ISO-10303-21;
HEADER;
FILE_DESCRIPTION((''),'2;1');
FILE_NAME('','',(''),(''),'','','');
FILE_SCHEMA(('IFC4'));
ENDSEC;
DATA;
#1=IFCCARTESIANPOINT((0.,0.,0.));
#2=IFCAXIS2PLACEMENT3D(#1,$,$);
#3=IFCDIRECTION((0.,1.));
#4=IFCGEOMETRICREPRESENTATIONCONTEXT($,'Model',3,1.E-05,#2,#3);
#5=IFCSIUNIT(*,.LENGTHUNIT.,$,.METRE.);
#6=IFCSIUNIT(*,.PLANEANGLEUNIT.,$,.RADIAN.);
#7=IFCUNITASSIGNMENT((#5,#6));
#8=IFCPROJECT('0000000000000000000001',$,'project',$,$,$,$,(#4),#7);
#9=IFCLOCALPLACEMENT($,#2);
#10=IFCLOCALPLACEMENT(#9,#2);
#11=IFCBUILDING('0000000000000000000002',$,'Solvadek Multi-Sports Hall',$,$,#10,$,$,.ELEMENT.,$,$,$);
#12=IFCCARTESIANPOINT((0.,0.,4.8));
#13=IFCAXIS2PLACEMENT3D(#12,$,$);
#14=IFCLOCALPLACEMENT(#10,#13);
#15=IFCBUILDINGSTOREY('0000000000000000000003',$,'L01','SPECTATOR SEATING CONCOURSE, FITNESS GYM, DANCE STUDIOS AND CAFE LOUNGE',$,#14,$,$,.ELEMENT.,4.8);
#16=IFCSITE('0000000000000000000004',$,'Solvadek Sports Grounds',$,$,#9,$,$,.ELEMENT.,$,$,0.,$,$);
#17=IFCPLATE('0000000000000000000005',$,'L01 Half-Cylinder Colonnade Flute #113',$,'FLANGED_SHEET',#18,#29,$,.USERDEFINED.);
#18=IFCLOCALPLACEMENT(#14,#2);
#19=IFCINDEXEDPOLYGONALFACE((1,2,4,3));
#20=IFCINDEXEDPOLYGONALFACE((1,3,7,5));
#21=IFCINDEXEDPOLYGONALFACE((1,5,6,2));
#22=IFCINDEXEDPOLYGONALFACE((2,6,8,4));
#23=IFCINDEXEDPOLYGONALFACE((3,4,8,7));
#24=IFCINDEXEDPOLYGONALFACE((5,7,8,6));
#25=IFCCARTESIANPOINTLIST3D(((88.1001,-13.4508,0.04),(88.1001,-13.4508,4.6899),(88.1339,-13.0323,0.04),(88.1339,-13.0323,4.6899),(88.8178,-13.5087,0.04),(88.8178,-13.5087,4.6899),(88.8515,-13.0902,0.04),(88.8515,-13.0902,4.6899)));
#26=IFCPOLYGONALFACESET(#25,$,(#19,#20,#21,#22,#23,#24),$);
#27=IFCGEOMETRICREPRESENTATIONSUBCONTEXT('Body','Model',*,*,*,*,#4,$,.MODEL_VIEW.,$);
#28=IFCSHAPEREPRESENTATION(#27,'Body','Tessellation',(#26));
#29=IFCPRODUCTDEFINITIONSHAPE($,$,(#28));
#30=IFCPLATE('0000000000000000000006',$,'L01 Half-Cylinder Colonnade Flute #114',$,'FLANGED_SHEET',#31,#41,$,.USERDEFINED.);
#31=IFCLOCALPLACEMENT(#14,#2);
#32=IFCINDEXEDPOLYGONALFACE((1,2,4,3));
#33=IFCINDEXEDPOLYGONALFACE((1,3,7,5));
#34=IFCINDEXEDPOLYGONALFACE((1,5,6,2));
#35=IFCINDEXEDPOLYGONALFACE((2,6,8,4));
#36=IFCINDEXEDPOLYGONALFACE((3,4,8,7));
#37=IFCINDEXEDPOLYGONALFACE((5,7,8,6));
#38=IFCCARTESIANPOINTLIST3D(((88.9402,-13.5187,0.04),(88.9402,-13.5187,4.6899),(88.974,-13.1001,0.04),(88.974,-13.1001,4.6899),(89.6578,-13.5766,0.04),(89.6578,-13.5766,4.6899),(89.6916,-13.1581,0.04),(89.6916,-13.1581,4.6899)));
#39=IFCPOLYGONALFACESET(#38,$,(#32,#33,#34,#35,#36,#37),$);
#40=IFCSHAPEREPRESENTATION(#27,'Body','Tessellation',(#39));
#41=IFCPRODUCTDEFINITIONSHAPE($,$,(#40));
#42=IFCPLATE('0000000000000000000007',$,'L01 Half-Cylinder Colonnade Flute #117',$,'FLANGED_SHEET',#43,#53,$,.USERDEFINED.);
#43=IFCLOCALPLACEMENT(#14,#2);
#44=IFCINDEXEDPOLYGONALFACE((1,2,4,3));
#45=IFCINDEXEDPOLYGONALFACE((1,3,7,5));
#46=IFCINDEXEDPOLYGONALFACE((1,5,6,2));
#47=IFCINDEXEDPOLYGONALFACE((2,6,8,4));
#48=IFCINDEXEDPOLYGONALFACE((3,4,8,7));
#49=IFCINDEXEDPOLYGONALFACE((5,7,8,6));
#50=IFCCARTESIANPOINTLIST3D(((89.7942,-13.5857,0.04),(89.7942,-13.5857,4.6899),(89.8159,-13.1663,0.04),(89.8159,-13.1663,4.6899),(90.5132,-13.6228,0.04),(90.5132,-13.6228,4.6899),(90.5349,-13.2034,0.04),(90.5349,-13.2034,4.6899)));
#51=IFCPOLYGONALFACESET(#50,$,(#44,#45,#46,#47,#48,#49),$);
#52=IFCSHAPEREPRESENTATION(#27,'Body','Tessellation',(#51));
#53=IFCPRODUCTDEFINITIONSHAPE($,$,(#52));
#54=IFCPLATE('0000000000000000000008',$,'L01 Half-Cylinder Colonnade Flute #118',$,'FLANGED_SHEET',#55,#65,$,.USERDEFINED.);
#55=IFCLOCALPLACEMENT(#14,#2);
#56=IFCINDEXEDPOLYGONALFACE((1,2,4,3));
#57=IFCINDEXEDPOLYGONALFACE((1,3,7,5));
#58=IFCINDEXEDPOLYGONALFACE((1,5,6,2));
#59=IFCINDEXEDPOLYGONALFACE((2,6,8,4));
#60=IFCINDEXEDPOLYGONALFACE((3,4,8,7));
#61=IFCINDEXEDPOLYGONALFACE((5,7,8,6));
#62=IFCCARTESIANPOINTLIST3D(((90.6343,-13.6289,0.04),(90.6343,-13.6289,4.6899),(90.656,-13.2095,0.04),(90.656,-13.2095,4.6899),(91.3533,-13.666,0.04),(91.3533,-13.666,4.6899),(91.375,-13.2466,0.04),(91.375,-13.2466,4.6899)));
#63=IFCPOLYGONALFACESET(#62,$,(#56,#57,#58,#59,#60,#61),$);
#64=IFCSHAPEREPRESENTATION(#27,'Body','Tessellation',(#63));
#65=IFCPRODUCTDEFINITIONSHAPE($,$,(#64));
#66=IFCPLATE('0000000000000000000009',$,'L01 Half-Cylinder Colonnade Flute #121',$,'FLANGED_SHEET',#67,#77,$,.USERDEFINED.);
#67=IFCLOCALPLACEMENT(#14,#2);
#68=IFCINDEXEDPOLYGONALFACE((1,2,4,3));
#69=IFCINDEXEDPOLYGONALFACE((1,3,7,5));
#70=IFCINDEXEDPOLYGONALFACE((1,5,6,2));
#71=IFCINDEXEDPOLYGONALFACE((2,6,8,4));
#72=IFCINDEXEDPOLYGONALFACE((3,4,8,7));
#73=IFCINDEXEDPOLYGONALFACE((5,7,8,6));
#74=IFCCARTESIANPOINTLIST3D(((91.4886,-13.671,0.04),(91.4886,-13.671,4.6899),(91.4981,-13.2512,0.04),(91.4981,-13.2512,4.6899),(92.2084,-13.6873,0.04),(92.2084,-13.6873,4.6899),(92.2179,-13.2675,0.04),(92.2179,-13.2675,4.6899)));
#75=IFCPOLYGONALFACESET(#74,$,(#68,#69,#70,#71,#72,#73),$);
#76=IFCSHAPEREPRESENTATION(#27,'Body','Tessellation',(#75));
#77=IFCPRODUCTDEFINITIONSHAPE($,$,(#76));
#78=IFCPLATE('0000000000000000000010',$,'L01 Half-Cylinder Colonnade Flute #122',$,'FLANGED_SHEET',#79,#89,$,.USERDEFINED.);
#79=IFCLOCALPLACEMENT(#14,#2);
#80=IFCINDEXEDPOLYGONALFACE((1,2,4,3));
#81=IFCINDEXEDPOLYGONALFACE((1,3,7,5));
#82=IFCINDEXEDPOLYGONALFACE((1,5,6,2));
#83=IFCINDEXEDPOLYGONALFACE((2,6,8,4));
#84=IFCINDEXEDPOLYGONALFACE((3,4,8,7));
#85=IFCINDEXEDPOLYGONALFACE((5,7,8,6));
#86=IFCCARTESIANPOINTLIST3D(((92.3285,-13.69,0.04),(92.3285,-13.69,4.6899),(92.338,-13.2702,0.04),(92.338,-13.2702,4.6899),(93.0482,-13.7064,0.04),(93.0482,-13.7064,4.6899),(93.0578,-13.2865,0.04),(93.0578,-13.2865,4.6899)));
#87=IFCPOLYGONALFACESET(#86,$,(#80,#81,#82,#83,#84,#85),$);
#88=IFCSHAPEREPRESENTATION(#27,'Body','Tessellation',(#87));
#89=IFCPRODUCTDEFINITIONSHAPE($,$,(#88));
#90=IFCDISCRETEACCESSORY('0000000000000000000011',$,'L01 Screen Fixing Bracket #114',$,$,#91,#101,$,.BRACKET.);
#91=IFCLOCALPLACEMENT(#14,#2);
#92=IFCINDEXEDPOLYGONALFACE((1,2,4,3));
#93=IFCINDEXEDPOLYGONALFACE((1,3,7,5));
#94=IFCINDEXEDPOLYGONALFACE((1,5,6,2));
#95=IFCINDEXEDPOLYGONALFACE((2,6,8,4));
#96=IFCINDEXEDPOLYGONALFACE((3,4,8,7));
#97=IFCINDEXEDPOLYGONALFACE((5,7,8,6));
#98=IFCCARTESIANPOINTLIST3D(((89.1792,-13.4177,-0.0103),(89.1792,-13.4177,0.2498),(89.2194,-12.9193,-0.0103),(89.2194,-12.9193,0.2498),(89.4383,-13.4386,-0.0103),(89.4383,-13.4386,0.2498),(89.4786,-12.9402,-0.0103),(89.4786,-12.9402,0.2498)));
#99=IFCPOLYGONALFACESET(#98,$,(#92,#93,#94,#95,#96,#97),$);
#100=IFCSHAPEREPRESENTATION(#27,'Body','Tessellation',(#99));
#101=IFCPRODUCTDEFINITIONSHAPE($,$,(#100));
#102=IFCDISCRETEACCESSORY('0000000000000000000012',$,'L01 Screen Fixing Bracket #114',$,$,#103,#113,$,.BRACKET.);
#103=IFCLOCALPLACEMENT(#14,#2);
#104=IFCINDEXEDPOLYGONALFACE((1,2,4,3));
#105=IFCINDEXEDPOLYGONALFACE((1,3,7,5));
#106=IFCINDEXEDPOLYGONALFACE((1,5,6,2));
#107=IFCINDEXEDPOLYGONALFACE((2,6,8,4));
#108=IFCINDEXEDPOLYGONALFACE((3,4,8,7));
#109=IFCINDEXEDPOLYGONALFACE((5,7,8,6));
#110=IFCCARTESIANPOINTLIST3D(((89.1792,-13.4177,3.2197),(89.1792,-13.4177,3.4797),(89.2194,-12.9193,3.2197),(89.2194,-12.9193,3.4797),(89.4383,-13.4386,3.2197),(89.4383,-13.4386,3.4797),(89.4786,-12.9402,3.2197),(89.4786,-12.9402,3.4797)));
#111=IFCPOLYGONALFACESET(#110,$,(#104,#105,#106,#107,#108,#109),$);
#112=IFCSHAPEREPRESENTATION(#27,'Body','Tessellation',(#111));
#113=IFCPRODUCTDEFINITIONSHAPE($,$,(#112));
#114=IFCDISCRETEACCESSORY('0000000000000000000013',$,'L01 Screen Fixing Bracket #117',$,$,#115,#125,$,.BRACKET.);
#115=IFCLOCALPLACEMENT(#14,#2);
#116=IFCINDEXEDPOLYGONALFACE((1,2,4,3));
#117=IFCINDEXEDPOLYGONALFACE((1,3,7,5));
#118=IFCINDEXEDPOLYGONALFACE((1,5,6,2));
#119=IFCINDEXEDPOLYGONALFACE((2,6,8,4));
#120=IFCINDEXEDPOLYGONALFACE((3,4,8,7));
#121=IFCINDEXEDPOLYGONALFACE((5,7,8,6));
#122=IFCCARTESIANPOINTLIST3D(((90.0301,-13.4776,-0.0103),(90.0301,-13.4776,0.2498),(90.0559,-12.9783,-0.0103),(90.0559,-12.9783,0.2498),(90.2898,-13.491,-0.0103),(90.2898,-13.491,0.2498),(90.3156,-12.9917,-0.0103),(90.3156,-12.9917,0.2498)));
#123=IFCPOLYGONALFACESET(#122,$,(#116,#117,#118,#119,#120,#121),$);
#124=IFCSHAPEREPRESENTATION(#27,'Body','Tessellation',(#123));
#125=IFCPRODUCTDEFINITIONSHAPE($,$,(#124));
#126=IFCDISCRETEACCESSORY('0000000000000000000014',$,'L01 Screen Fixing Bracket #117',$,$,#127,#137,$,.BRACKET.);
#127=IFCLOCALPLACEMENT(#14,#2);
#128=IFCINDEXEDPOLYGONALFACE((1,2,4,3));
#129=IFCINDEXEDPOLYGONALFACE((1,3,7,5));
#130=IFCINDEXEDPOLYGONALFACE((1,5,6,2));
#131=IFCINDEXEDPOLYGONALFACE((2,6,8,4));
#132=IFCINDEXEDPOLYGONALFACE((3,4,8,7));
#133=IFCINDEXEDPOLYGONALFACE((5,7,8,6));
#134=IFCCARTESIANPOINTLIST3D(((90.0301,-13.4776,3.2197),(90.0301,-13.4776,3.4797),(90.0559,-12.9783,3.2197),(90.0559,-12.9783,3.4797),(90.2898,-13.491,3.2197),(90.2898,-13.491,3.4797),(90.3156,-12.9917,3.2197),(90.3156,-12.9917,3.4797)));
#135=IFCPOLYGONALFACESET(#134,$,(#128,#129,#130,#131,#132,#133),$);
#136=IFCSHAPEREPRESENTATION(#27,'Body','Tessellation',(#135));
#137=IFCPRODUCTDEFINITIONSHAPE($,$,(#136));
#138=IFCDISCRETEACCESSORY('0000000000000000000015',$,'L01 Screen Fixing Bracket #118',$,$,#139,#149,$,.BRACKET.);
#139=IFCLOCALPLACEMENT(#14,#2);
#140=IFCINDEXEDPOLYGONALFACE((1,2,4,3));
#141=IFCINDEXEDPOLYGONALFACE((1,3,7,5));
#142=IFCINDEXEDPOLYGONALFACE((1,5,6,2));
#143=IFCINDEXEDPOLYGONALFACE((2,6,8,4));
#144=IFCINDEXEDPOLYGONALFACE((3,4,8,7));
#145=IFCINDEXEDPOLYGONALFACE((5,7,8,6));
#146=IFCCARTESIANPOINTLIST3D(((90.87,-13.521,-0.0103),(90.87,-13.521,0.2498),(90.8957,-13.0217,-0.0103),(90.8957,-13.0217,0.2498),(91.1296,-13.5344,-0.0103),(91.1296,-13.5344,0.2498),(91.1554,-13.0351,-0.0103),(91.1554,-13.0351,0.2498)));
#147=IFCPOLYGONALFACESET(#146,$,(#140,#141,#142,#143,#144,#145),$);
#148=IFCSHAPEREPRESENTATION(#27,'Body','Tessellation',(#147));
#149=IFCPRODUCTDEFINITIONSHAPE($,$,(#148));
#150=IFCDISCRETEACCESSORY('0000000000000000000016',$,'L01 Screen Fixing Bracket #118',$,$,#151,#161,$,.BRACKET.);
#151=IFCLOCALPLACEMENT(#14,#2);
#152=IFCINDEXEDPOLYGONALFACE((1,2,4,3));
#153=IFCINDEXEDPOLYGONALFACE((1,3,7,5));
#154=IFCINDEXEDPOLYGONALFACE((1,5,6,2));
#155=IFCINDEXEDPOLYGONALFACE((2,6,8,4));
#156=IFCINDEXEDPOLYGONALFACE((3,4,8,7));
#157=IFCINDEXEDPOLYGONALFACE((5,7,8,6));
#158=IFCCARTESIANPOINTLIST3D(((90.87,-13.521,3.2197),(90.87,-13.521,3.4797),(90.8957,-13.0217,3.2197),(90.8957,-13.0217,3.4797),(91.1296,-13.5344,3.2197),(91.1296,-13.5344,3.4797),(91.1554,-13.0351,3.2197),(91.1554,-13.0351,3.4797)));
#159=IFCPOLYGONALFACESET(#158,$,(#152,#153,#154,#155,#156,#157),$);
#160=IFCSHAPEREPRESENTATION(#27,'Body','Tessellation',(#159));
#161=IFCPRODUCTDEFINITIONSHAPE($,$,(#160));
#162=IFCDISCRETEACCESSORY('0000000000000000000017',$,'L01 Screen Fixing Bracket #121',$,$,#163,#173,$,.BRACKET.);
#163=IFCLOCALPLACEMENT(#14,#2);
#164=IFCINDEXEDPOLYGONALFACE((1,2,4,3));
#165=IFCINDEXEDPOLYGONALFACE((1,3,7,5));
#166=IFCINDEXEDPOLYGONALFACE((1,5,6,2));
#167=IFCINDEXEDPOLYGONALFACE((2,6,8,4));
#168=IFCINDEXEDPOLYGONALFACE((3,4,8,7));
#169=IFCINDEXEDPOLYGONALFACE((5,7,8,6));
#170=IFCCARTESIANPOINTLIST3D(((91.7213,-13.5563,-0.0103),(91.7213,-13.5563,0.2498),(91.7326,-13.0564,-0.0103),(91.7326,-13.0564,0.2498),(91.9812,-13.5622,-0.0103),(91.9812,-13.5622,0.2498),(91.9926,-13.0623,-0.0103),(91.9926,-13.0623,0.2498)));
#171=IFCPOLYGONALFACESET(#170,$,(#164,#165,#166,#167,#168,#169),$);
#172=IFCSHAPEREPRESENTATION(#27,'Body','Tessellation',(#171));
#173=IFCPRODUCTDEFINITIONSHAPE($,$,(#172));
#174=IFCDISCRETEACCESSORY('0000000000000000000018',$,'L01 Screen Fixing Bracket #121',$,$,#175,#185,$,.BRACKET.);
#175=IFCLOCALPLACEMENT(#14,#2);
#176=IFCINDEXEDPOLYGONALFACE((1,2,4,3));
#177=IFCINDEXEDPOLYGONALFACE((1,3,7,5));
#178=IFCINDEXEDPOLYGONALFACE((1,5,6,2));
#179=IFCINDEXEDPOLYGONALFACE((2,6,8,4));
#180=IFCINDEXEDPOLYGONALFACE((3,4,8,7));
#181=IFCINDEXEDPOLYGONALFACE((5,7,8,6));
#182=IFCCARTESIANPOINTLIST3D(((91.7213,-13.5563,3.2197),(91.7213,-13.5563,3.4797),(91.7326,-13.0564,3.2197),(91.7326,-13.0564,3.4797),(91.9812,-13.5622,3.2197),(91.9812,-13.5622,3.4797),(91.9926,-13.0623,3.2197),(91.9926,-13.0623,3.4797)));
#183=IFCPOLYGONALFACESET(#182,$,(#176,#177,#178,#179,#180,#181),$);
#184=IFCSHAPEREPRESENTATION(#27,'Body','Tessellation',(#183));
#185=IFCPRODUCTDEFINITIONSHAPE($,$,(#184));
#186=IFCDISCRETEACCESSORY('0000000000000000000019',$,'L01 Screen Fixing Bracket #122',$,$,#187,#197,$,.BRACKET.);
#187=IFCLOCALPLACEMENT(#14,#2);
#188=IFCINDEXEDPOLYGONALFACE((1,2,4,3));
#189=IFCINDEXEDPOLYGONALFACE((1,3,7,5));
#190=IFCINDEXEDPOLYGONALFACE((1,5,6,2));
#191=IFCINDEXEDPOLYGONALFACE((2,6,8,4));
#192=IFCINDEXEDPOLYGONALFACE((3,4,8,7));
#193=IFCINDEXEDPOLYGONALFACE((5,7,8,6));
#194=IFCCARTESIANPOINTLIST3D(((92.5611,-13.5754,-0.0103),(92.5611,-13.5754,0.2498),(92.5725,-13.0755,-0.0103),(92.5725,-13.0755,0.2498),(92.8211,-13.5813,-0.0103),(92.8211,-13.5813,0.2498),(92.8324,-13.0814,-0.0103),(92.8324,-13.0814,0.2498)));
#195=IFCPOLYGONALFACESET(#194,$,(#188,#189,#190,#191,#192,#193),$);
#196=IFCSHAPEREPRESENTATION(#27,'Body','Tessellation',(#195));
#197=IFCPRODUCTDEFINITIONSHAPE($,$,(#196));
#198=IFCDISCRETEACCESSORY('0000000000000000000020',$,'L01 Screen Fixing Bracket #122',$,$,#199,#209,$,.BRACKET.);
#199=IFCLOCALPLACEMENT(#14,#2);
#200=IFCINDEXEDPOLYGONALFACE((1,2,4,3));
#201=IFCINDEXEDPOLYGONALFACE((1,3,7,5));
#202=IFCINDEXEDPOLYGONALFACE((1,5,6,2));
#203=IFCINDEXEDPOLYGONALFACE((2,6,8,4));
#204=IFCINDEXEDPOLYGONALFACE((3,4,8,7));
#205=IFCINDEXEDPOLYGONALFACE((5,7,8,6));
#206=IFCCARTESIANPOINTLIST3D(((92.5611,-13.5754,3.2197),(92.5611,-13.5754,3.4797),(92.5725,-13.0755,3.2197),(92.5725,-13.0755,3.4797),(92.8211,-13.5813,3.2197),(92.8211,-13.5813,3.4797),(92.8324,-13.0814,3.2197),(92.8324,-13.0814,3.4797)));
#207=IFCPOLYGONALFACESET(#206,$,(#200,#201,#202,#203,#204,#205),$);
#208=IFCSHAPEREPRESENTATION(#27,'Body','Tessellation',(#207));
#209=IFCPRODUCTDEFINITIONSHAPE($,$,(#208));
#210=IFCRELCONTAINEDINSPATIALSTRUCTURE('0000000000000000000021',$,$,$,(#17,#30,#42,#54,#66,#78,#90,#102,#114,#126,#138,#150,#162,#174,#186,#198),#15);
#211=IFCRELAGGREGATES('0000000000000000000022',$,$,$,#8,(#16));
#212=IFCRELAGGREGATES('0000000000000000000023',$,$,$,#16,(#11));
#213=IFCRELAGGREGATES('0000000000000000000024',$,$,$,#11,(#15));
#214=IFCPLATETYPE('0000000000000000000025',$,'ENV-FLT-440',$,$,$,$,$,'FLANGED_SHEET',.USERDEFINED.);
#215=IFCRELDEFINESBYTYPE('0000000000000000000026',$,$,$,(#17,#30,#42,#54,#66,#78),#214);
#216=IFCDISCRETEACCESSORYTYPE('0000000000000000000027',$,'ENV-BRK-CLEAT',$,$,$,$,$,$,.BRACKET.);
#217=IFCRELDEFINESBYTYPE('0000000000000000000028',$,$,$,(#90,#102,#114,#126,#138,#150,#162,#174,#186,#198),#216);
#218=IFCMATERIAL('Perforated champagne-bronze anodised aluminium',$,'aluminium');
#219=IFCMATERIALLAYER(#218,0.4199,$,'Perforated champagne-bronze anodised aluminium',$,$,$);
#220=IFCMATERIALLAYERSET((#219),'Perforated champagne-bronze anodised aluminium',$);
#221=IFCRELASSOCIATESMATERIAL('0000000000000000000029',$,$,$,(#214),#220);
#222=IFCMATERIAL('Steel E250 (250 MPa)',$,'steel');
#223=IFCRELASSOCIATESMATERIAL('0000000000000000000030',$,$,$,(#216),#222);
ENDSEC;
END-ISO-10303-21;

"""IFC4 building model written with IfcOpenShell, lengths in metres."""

from ifc_helpers import new_model, si_unit, direction, frame, origin, origin_2d, place, context, subcontext, project, spatial, rectangle, extrude, material, layer, layer_set, type_object, element, save


model = new_model("IFC4")

# Units and contexts
model_context = context("Model", 3, precision=1e-05, world=origin(), true_north=direction((0.0, 1.0)))
body_context = subcontext(model_context, "Body", "Model", "MODEL_VIEW")
ifc_project = project(units=[si_unit("LENGTHUNIT", "METRE"), si_unit("PLANEANGLEUNIT", "RADIAN")], contexts=[model_context])

# Site, building, storey
site_placement = place(None, origin())
site = spatial("IfcSite", under=ifc_project, at=site_placement, Name="Solvadek Sports Grounds", CompositionType="ELEMENT", RefElevation=0.0)
building_placement = place(site_placement, origin())
building = spatial("IfcBuilding", under=site, at=building_placement, Name="Solvadek Multi-Sports Hall", CompositionType="ELEMENT")
storey_placement = place(building_placement, frame((0.0, 0.0, 4.8)))
storey = spatial("IfcBuildingStorey", under=building, at=storey_placement, Name="L01", Description="SPECTATOR SEATING CONCOURSE, FITNESS GYM, DANCE STUDIOS AND CAFE LOUNGE", CompositionType="ELEMENT", Elevation=4.8)

# Plates
ifc_material_1 = material(Name="Perforated champagne-bronze anodised aluminium", Category="aluminium")
ifc_layer_1 = layer(ifc_material_1, 0.4199, Name="Perforated champagne-bronze anodised aluminium")
ifc_layer_set_1 = layer_set([ifc_layer_1], Name="Perforated champagne-bronze anodised aluminium")
plate_type_1 = type_object("IfcPlateType", Name="ENV-FLT-440", ElementType="FLANGED_SHEET", PredefinedType="USERDEFINED", material=ifc_layer_set_1)
for number, where, z_axis, x_axis, name in (
    (1, (88.4758, -13.2705, 0.04), (0.0, 0.0, 1.0), (0.996758, -0.080453, 0.0), "L01 Half-Cylinder Colonnade Flute #113"),
    (2, (89.3159, -13.3384, 0.04), (0.0, 0.0, 1.0), (0.996758, -0.080453, 0.0), "L01 Half-Cylinder Colonnade Flute #114"),
    (3, (90.1646, -13.3945, 0.04), (0.0, 0.0, 1.0), (0.998671, -0.051539, 0.0), "L01 Half-Cylinder Colonnade Flute #117"),
    (4, (91.0046, -13.4377, 0.04), (0.0, 0.0, 1.0), (0.998671, -0.051539, 0.0), "L01 Half-Cylinder Colonnade Flute #118"),
    (5, (91.8533, -13.4692, 0.04), (0.0, 0.0, 1.0), (0.999743, -0.022673, 0.0), "L01 Half-Cylinder Colonnade Flute #121"),
    (6, (92.6931, -13.4883, 0.04), (0.0, 0.0, 1.0), (0.999743, -0.022673, 0.0), "L01 Half-Cylinder Colonnade Flute #122"),
):
    element("IfcPlate", number, at=place(storey_placement, frame(where, z_axis=z_axis, x_axis=x_axis)), inside=storey, type_object=plate_type_1, Name=name, ObjectType="FLANGED_SHEET", PredefinedType="USERDEFINED", context=body_context, shape_type="SweptSolid", body=[
        extrude(rectangle(XDim=0.72, YDim=0.4199, at=origin_2d()), origin(), (0.0, 0.0, 1.0), 4.6499),
    ])

# Discrete accessories
ifc_material_2 = material(Name="Steel E250 (250 MPa)", Category="steel")
discrete_accessory_type = type_object("IfcDiscreteAccessoryType", Name="ENV-BRK-CLEAT", PredefinedType="BRACKET", material=ifc_material_2)
for number, where, z_axis, x_axis, name in (
    (7, (89.3289, -13.179, -0.0103), (0.0, 0.0, 1.0), (0.996758, -0.080453, 0.0), "L01 Screen Fixing Bracket #114"),
    (8, (89.3289, -13.179, 3.2197), (0.0, 0.0, 1.0), (0.996758, -0.080453, 0.0), "L01 Screen Fixing Bracket #114"),
    (9, (90.1729, -13.2346, -0.0103), (0.0, 0.0, 1.0), (0.998671, -0.051539, 0.0), "L01 Screen Fixing Bracket #117"),
    (10, (90.1729, -13.2346, 3.2197), (0.0, 0.0, 1.0), (0.998671, -0.051539, 0.0), "L01 Screen Fixing Bracket #117"),
    (11, (91.0127, -13.2781, -0.0103), (0.0, 0.0, 1.0), (0.998671, -0.051539, 0.0), "L01 Screen Fixing Bracket #118"),
    (12, (91.0127, -13.2781, 3.2197), (0.0, 0.0, 1.0), (0.998671, -0.051539, 0.0), "L01 Screen Fixing Bracket #118"),
    (13, (91.8569, -13.3093, -0.0103), (0.0, 0.0, 1.0), (0.999743, -0.022673, 0.0), "L01 Screen Fixing Bracket #121"),
    (14, (91.8569, -13.3093, 3.2197), (0.0, 0.0, 1.0), (0.999743, -0.022673, 0.0), "L01 Screen Fixing Bracket #121"),
    (15, (92.6968, -13.3284, -0.0103), (0.0, 0.0, 1.0), (0.999743, -0.022673, 0.0), "L01 Screen Fixing Bracket #122"),
    (16, (92.6968, -13.3284, 3.2197), (0.0, 0.0, 1.0), (0.999743, -0.022673, 0.0), "L01 Screen Fixing Bracket #122"),
):
    element("IfcDiscreteAccessory", number, at=place(storey_placement, frame(where, z_axis=z_axis, x_axis=x_axis)), inside=storey, type_object=discrete_accessory_type, Name=name, PredefinedType="BRACKET", context=body_context, shape_type="SweptSolid", body=[
        extrude(rectangle(XDim=0.26, YDim=0.5, at=origin_2d()), origin(), (0.0, 0.0, 1.0), 0.26),
    ])

save(model, "model.ifc")
